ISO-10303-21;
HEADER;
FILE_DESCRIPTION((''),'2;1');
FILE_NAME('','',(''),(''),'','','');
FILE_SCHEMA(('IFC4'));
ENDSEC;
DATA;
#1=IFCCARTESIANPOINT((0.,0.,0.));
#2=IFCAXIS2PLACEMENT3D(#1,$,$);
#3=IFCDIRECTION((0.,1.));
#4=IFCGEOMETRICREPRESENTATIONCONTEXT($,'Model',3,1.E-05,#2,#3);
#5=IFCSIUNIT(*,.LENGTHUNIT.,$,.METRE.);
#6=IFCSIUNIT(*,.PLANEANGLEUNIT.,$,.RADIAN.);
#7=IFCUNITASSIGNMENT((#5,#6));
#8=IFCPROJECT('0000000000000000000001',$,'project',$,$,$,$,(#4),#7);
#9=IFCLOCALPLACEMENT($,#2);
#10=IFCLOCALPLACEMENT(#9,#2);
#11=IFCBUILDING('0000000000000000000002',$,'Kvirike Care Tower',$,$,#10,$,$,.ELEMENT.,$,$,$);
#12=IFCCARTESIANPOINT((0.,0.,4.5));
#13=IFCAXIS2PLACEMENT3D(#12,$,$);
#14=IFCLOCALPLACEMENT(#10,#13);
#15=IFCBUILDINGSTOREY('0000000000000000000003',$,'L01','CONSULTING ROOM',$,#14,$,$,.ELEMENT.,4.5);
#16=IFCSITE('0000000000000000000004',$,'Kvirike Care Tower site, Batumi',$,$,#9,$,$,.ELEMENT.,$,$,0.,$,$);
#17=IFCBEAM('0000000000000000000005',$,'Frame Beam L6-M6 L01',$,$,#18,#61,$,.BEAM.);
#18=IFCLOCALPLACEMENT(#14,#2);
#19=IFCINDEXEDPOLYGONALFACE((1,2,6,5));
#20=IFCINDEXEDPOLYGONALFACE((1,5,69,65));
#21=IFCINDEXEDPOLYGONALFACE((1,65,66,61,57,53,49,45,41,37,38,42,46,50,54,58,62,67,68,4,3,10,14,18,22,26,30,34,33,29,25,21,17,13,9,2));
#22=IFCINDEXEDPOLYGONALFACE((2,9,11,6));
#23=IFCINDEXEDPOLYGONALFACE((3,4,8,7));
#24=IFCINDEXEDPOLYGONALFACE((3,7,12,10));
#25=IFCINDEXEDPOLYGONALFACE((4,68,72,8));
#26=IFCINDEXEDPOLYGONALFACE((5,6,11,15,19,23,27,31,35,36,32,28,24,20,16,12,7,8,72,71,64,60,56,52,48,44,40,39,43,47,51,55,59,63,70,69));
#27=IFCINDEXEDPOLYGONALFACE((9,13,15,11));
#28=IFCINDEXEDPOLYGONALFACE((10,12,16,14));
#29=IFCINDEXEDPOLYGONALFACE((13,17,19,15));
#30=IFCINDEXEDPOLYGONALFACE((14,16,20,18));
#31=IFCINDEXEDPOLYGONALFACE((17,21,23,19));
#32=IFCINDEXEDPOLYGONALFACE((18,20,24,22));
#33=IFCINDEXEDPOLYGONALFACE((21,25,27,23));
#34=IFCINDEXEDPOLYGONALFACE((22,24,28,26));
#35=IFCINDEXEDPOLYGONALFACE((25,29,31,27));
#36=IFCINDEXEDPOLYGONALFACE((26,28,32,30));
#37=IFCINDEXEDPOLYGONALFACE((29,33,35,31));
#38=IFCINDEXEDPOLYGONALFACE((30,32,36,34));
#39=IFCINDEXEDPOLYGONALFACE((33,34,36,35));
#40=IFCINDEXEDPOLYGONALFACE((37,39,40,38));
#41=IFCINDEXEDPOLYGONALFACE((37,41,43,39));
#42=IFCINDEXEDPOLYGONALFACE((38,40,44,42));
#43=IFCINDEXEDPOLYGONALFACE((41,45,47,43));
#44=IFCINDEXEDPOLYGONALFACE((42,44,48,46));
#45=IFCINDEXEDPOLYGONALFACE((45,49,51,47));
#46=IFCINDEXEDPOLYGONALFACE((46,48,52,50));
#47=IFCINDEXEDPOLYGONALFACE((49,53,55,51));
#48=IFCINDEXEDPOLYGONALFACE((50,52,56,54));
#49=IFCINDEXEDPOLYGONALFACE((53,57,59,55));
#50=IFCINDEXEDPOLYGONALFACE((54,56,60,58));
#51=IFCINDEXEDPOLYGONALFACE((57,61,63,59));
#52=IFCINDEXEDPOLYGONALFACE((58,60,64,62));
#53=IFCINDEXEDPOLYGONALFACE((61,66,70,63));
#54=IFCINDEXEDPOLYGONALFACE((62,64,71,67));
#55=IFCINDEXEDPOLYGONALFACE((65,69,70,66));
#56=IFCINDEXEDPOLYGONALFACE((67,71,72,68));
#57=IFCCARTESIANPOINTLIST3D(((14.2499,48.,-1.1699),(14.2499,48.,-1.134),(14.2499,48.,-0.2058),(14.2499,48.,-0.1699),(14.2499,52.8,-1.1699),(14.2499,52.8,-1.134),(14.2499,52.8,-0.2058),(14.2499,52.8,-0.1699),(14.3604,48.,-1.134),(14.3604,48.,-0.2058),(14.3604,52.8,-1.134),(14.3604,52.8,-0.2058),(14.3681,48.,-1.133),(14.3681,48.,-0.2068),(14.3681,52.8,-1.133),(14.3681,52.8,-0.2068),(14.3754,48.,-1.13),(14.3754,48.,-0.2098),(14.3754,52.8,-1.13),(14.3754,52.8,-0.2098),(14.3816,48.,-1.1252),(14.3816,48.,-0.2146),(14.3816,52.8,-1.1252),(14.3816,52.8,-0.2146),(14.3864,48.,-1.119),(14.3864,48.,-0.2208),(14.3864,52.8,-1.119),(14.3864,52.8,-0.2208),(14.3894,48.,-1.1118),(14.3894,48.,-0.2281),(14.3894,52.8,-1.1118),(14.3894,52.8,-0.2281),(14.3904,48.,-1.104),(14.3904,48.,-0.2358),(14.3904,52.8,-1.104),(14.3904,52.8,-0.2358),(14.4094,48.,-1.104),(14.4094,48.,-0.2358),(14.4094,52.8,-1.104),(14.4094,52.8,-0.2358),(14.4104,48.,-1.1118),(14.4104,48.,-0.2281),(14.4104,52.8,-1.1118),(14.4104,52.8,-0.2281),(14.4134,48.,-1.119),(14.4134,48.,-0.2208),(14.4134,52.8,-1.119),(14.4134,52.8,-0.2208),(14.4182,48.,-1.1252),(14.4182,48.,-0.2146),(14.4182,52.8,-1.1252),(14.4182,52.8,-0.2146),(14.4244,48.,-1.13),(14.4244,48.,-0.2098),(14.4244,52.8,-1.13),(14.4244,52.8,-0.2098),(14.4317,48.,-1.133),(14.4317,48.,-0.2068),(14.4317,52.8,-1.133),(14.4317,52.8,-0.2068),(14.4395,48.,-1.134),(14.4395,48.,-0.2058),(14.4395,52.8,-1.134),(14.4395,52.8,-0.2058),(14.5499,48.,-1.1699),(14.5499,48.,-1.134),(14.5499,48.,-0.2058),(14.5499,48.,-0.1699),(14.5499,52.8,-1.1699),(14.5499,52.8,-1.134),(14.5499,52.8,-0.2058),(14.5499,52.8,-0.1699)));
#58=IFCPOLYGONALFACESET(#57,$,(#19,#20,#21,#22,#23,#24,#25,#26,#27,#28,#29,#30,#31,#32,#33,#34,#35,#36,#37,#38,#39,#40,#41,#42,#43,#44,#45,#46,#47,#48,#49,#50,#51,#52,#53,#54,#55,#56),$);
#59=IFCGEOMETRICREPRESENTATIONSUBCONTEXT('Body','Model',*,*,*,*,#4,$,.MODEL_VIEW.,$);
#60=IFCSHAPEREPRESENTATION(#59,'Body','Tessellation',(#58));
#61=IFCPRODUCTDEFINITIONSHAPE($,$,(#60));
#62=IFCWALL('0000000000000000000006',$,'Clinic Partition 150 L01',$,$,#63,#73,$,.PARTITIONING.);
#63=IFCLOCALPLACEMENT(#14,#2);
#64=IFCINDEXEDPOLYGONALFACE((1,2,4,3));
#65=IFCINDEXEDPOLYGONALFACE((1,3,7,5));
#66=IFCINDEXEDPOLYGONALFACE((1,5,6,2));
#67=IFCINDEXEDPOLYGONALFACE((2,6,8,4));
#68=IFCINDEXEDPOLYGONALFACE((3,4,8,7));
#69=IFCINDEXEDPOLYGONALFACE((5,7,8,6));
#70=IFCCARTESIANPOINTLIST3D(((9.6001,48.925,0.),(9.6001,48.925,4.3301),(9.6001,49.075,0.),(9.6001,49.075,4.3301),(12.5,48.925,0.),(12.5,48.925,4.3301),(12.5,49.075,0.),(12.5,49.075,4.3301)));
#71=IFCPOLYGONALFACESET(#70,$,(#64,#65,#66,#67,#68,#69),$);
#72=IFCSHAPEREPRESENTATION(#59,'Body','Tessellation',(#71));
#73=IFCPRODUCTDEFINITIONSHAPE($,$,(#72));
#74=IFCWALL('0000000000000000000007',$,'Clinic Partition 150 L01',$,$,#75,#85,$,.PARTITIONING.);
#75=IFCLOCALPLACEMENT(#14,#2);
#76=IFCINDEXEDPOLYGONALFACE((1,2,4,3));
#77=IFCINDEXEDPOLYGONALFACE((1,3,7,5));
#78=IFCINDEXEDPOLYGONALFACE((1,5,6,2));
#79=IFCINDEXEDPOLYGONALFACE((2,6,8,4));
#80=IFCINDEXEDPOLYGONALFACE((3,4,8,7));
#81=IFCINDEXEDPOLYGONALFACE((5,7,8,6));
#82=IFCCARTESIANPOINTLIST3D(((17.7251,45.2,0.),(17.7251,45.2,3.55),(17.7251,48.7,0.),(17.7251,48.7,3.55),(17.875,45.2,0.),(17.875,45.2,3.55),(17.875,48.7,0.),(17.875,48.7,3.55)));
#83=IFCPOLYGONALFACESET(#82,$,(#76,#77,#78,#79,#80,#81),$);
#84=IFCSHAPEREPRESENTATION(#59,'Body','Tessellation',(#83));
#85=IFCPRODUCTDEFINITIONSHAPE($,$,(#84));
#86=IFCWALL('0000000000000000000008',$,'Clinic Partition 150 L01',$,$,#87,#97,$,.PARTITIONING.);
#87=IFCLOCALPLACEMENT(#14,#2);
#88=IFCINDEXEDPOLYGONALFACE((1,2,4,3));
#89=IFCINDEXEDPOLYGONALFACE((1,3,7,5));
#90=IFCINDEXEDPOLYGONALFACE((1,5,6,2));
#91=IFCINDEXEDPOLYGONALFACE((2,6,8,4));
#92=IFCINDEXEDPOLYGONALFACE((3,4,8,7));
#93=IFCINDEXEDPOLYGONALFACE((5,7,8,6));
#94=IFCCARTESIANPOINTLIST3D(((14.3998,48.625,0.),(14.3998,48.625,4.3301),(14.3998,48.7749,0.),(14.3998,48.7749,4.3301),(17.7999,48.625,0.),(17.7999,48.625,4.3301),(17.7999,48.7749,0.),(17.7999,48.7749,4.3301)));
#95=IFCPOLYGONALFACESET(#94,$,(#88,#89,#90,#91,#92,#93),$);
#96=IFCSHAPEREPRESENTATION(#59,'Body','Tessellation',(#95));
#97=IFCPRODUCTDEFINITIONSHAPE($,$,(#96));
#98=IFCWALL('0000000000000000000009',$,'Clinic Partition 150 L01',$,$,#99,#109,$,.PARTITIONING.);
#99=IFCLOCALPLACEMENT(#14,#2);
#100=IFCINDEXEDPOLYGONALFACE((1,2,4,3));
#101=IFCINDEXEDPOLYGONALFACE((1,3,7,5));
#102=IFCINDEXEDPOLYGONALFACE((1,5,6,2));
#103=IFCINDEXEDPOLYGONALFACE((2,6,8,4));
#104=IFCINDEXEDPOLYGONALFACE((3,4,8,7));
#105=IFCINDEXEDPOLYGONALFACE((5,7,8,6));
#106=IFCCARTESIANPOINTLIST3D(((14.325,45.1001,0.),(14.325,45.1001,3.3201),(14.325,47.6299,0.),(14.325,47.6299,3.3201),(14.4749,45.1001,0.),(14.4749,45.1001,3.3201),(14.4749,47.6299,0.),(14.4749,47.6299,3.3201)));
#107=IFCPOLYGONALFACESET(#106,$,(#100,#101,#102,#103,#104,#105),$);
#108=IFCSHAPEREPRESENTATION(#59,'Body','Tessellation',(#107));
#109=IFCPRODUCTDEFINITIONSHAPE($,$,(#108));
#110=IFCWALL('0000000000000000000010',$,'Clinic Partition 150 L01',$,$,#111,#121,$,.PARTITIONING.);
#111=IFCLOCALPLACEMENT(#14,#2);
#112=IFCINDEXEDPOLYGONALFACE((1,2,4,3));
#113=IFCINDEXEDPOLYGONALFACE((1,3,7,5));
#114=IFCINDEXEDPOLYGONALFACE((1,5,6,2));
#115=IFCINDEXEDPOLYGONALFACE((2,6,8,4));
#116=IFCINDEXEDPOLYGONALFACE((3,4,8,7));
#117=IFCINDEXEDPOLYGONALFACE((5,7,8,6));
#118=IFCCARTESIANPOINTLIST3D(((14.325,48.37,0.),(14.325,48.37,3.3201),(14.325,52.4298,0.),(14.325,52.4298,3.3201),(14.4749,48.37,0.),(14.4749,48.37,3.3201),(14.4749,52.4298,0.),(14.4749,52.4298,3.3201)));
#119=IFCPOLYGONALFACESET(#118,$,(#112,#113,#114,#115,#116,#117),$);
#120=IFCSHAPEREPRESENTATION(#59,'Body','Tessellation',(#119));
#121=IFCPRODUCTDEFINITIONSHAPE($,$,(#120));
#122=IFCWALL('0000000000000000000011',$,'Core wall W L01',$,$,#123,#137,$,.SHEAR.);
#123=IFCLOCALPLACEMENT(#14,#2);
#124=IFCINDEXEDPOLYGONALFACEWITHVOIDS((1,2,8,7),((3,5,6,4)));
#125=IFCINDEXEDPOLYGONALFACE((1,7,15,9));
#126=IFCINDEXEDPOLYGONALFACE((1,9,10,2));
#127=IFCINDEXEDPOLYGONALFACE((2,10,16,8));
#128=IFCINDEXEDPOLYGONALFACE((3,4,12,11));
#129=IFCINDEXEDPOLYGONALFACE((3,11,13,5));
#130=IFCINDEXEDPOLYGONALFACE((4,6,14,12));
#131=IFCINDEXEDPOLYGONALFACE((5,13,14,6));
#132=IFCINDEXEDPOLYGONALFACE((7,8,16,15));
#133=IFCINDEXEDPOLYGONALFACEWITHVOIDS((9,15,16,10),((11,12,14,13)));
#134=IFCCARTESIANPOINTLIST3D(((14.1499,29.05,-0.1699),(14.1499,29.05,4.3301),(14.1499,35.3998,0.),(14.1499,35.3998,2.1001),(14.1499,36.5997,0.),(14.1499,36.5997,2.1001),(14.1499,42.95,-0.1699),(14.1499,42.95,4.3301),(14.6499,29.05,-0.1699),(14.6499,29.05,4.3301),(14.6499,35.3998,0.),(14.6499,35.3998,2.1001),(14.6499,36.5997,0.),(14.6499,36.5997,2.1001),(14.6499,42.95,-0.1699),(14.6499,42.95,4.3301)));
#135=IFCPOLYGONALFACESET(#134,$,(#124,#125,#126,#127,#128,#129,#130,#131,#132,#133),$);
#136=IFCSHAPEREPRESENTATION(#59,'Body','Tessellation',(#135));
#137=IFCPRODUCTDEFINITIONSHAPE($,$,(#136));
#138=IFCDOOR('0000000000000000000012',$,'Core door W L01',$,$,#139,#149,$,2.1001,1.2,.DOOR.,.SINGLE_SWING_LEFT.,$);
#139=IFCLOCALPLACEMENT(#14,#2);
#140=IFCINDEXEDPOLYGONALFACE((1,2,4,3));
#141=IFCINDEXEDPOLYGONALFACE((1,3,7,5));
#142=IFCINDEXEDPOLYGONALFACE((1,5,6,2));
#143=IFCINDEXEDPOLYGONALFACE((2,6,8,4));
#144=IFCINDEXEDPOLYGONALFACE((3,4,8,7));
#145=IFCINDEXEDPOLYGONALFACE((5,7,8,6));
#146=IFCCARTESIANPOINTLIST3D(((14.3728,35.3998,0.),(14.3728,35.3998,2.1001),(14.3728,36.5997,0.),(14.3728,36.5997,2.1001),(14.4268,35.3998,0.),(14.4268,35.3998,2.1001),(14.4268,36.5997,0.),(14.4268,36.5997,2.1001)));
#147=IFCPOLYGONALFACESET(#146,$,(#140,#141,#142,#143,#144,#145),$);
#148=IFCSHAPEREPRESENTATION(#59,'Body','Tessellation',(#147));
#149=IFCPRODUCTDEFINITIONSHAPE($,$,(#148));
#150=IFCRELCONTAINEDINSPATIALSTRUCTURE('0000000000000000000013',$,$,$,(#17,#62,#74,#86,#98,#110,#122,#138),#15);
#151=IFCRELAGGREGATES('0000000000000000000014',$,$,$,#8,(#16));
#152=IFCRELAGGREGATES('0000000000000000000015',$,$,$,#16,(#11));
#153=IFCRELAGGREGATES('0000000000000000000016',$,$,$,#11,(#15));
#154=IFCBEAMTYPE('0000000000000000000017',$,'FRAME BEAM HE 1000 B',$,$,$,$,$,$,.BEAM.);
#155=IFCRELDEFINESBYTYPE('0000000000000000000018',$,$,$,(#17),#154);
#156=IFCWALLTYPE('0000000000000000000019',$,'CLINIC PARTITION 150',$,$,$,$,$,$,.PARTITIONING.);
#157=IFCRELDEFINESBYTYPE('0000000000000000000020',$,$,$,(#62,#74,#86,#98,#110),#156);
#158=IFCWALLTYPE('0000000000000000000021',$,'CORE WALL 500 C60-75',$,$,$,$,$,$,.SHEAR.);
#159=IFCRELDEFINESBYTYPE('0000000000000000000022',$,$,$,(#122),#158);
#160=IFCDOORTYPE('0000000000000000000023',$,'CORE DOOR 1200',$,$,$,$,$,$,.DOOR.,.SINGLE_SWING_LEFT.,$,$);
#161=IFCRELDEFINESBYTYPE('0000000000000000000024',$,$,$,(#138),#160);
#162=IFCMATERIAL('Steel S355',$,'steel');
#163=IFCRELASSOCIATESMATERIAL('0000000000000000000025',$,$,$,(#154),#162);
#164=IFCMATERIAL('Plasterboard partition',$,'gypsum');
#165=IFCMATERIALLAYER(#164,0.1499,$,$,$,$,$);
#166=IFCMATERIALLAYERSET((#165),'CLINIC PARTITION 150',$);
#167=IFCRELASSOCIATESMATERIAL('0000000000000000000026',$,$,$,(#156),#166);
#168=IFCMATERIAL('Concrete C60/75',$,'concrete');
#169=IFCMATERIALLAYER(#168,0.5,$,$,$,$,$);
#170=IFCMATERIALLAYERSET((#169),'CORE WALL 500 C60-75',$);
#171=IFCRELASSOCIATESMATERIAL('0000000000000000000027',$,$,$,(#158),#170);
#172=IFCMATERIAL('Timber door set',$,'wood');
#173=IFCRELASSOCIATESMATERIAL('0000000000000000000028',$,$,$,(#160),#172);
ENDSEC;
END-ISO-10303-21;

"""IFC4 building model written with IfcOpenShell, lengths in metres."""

from ifc_helpers import new_model, si_unit, direction, frame, frame_2d, origin, origin_2d, place, context, subcontext, project, spatial, rectangle, i_section, extrude, material, layer, layer_set, material_profile, profile_set, type_object, element, fill, save


model = new_model("IFC4")

# Units and contexts
model_context = context("Model", 3, precision=1e-05, world=origin(), true_north=direction((0.0, 1.0)))
body_context = subcontext(model_context, "Body", "Model", "MODEL_VIEW")
ifc_project = project(units=[si_unit("LENGTHUNIT", "METRE"), si_unit("PLANEANGLEUNIT", "RADIAN")], contexts=[model_context])

# Site, building, storey
site_placement = place(None, origin())
site = spatial("IfcSite", under=ifc_project, at=site_placement, Name="Kvirike Care Tower site, Batumi", CompositionType="ELEMENT", RefElevation=0.0)
building_placement = place(site_placement, origin())
building = spatial("IfcBuilding", under=site, at=building_placement, Name="Kvirike Care Tower", CompositionType="ELEMENT")
storey_placement = place(building_placement, frame((0.0, 0.0, 4.5)))
storey = spatial("IfcBuildingStorey", under=building, at=storey_placement, Name="L01", Description="CONSULTING ROOM", CompositionType="ELEMENT", Elevation=4.5)

# Beam
ifc_material_1 = material(Name="Steel S355", Category="steel")
ifc_material_profile_1 = material_profile(ifc_material_1, i_section(OverallWidth=0.3, OverallDepth=1.0, WebThickness=0.019, FlangeThickness=0.0359, FilletRadius=0.03, at=origin_2d()), Name="HE 1000 B")
ifc_profile_set_1 = profile_set([ifc_material_profile_1], Name="Steel S355")
beam_type_1 = type_object("IfcBeamType", Name="FRAME BEAM HE 1000 B", PredefinedType="BEAM", material=ifc_profile_set_1)
for number, where, z_axis, x_axis, name in (
    (1, (14.3999, 48.0, -0.6699), (0.0, 1.0, 0.0), (-1.0, 0.0, 0.0), "Frame Beam L6-M6 L01"),
):
    element("IfcBeam", number, at=place(storey_placement, frame(where, z_axis=z_axis, x_axis=x_axis)), inside=storey, type_object=beam_type_1, Name=name, PredefinedType="BEAM", context=body_context, shape_type="SweptSolid", body=[
        extrude(i_section(OverallWidth=0.3, OverallDepth=1.0, WebThickness=0.019, FlangeThickness=0.0359, FilletRadius=0.03, at=origin_2d()), origin(), (0.0, 0.0, 1.0), 4.8),
    ])

# Walls
ifc_material_2 = material(Name="Plasterboard partition", Category="gypsum")
ifc_layer_1 = layer(ifc_material_2, 0.1499)
ifc_layer_set_1 = layer_set([ifc_layer_1], Name="CLINIC PARTITION 150")
wall_type_1 = type_object("IfcWallType", Name="CLINIC PARTITION 150", PredefinedType="PARTITIONING", material=ifc_layer_set_1)
wall_1_placement = place(storey_placement, frame((12.5, 49.0, 0.0), z_axis=(0.0, 0.0, 1.0), x_axis=(-1.0, 0.0, 0.0)))
element("IfcWall", 2, at=wall_1_placement, inside=storey, type_object=wall_type_1, Name="Clinic Partition 150 L01", PredefinedType="PARTITIONING", context=body_context, shape_type="SweptSolid", body=[
    extrude(rectangle(XDim=2.8999, YDim=0.1499, at=frame_2d((1.45, 0.0))), origin(), (0.0, 0.0, 1.0), 4.3301),
])
wall_2_placement = place(storey_placement, frame((17.8, 48.7, 0.0), z_axis=(0.0, 0.0, 1.0), x_axis=(0.0, -1.0, 0.0)))
element("IfcWall", 3, at=wall_2_placement, inside=storey, type_object=wall_type_1, Name="Clinic Partition 150 L01", PredefinedType="PARTITIONING", context=body_context, shape_type="SweptSolid", body=[
    extrude(rectangle(XDim=3.5, YDim=0.1499, at=frame_2d((1.75, 0.0))), origin(), (0.0, 0.0, 1.0), 3.55),
])
wall_3_placement = place(storey_placement, frame((17.8, 48.7, 0.0), z_axis=(0.0, 0.0, 1.0), x_axis=(-1.0, 0.0, 0.0)))
element("IfcWall", 4, at=wall_3_placement, inside=storey, type_object=wall_type_1, Name="Clinic Partition 150 L01", PredefinedType="PARTITIONING", context=body_context, shape_type="SweptSolid", body=[
    extrude(rectangle(XDim=3.4001, YDim=0.1499, at=frame_2d((1.7002, 0.0))), origin(), (0.0, 0.0, 1.0), 4.3301),
])
wall_4_placement = place(storey_placement, frame((14.3999, 45.1001, 0.0), z_axis=(0.0, 0.0, 1.0), x_axis=(0.0, 1.0, 0.0)))
element("IfcWall", 5, at=wall_4_placement, inside=storey, type_object=wall_type_1, Name="Clinic Partition 150 L01", PredefinedType="PARTITIONING", context=body_context, shape_type="SweptSolid", body=[
    extrude(rectangle(XDim=2.5298, YDim=0.1499, at=frame_2d((1.2649, 0.0))), origin(), (0.0, 0.0, 1.0), 3.3201),
])
wall_5_placement = place(storey_placement, frame((14.3999, 48.3701, 0.0), z_axis=(0.0, 0.0, 1.0), x_axis=(0.0, 1.0, 0.0)))
element("IfcWall", 6, at=wall_5_placement, inside=storey, type_object=wall_type_1, Name="Clinic Partition 150 L01", PredefinedType="PARTITIONING", context=body_context, shape_type="SweptSolid", body=[
    extrude(rectangle(XDim=4.0598, YDim=0.1499, at=frame_2d((2.0298, 0.0))), origin(), (0.0, 0.0, 1.0), 3.3201),
])

# Wall, opening, door
ifc_material_3 = material(Name="Concrete C60/75", Category="concrete")
ifc_layer_2 = layer(ifc_material_3, 0.5)
ifc_layer_set_2 = layer_set([ifc_layer_2], Name="CORE WALL 500 C60-75")
wall_type_2 = type_object("IfcWallType", Name="CORE WALL 500 C60-75", PredefinedType="SHEAR", material=ifc_layer_set_2)
wall_6_placement = place(storey_placement, frame((14.3999, 42.95, -0.1699), z_axis=(0.0, 0.0, 1.0), x_axis=(0.0, -1.0, 0.0)))
wall_6 = element("IfcWall", 7, at=wall_6_placement, inside=storey, type_object=wall_type_2, Name="Core wall W L01", PredefinedType="SHEAR", context=body_context, shape_type="SweptSolid", body=[
    extrude(rectangle(XDim=13.8999, YDim=0.5, at=frame_2d((6.95, 0.0))), origin(), (0.0, 0.0, 1.0), 4.5),
])
opening_1_placement = place(wall_6_placement, frame((6.3501, 0.0, 0.1699)))
opening_1 = element("IfcOpeningElement", 8, at=opening_1_placement, cuts=wall_6, PredefinedType="OPENING", context=body_context, shape_type="SweptSolid", body=[
    extrude(rectangle(XDim=1.2, YDim=2.1001, at=frame_2d((0.6001, 1.05))), frame((0.0, 0.2605, 0.0), z_axis=(0.0, -1.0, 0.0), x_axis=(1.0, 0.0, 0.0)), (0.0, 0.0, 1.0), 0.521),
])
ifc_material_4 = material(Name="Timber door set", Category="wood")
door_type_1 = type_object("IfcDoorType", Name="CORE DOOR 1200", OperationType="SINGLE_SWING_LEFT", PredefinedType="DOOR", material=ifc_material_4)
door_1_placement = place(opening_1_placement, origin())
door_1 = element("IfcDoor", 9, at=door_1_placement, inside=storey, type_object=door_type_1, Name="Core door W L01", OperationType="SINGLE_SWING_LEFT", OverallHeight=2.1001, OverallWidth=1.2, PredefinedType="DOOR", context=body_context, shape_type="SweptSolid", body=[
    extrude(rectangle(XDim=1.2, YDim=2.1001, at=frame_2d((0.6001, 1.05))), frame((0.0, 0.0269, 0.0), z_axis=(0.0, -1.0, 0.0), x_axis=(1.0, 0.0, 0.0)), (0.0, 0.0, 1.0), 0.054),
])
fill(opening_1, door_1)

save(model, "model.ifc")
